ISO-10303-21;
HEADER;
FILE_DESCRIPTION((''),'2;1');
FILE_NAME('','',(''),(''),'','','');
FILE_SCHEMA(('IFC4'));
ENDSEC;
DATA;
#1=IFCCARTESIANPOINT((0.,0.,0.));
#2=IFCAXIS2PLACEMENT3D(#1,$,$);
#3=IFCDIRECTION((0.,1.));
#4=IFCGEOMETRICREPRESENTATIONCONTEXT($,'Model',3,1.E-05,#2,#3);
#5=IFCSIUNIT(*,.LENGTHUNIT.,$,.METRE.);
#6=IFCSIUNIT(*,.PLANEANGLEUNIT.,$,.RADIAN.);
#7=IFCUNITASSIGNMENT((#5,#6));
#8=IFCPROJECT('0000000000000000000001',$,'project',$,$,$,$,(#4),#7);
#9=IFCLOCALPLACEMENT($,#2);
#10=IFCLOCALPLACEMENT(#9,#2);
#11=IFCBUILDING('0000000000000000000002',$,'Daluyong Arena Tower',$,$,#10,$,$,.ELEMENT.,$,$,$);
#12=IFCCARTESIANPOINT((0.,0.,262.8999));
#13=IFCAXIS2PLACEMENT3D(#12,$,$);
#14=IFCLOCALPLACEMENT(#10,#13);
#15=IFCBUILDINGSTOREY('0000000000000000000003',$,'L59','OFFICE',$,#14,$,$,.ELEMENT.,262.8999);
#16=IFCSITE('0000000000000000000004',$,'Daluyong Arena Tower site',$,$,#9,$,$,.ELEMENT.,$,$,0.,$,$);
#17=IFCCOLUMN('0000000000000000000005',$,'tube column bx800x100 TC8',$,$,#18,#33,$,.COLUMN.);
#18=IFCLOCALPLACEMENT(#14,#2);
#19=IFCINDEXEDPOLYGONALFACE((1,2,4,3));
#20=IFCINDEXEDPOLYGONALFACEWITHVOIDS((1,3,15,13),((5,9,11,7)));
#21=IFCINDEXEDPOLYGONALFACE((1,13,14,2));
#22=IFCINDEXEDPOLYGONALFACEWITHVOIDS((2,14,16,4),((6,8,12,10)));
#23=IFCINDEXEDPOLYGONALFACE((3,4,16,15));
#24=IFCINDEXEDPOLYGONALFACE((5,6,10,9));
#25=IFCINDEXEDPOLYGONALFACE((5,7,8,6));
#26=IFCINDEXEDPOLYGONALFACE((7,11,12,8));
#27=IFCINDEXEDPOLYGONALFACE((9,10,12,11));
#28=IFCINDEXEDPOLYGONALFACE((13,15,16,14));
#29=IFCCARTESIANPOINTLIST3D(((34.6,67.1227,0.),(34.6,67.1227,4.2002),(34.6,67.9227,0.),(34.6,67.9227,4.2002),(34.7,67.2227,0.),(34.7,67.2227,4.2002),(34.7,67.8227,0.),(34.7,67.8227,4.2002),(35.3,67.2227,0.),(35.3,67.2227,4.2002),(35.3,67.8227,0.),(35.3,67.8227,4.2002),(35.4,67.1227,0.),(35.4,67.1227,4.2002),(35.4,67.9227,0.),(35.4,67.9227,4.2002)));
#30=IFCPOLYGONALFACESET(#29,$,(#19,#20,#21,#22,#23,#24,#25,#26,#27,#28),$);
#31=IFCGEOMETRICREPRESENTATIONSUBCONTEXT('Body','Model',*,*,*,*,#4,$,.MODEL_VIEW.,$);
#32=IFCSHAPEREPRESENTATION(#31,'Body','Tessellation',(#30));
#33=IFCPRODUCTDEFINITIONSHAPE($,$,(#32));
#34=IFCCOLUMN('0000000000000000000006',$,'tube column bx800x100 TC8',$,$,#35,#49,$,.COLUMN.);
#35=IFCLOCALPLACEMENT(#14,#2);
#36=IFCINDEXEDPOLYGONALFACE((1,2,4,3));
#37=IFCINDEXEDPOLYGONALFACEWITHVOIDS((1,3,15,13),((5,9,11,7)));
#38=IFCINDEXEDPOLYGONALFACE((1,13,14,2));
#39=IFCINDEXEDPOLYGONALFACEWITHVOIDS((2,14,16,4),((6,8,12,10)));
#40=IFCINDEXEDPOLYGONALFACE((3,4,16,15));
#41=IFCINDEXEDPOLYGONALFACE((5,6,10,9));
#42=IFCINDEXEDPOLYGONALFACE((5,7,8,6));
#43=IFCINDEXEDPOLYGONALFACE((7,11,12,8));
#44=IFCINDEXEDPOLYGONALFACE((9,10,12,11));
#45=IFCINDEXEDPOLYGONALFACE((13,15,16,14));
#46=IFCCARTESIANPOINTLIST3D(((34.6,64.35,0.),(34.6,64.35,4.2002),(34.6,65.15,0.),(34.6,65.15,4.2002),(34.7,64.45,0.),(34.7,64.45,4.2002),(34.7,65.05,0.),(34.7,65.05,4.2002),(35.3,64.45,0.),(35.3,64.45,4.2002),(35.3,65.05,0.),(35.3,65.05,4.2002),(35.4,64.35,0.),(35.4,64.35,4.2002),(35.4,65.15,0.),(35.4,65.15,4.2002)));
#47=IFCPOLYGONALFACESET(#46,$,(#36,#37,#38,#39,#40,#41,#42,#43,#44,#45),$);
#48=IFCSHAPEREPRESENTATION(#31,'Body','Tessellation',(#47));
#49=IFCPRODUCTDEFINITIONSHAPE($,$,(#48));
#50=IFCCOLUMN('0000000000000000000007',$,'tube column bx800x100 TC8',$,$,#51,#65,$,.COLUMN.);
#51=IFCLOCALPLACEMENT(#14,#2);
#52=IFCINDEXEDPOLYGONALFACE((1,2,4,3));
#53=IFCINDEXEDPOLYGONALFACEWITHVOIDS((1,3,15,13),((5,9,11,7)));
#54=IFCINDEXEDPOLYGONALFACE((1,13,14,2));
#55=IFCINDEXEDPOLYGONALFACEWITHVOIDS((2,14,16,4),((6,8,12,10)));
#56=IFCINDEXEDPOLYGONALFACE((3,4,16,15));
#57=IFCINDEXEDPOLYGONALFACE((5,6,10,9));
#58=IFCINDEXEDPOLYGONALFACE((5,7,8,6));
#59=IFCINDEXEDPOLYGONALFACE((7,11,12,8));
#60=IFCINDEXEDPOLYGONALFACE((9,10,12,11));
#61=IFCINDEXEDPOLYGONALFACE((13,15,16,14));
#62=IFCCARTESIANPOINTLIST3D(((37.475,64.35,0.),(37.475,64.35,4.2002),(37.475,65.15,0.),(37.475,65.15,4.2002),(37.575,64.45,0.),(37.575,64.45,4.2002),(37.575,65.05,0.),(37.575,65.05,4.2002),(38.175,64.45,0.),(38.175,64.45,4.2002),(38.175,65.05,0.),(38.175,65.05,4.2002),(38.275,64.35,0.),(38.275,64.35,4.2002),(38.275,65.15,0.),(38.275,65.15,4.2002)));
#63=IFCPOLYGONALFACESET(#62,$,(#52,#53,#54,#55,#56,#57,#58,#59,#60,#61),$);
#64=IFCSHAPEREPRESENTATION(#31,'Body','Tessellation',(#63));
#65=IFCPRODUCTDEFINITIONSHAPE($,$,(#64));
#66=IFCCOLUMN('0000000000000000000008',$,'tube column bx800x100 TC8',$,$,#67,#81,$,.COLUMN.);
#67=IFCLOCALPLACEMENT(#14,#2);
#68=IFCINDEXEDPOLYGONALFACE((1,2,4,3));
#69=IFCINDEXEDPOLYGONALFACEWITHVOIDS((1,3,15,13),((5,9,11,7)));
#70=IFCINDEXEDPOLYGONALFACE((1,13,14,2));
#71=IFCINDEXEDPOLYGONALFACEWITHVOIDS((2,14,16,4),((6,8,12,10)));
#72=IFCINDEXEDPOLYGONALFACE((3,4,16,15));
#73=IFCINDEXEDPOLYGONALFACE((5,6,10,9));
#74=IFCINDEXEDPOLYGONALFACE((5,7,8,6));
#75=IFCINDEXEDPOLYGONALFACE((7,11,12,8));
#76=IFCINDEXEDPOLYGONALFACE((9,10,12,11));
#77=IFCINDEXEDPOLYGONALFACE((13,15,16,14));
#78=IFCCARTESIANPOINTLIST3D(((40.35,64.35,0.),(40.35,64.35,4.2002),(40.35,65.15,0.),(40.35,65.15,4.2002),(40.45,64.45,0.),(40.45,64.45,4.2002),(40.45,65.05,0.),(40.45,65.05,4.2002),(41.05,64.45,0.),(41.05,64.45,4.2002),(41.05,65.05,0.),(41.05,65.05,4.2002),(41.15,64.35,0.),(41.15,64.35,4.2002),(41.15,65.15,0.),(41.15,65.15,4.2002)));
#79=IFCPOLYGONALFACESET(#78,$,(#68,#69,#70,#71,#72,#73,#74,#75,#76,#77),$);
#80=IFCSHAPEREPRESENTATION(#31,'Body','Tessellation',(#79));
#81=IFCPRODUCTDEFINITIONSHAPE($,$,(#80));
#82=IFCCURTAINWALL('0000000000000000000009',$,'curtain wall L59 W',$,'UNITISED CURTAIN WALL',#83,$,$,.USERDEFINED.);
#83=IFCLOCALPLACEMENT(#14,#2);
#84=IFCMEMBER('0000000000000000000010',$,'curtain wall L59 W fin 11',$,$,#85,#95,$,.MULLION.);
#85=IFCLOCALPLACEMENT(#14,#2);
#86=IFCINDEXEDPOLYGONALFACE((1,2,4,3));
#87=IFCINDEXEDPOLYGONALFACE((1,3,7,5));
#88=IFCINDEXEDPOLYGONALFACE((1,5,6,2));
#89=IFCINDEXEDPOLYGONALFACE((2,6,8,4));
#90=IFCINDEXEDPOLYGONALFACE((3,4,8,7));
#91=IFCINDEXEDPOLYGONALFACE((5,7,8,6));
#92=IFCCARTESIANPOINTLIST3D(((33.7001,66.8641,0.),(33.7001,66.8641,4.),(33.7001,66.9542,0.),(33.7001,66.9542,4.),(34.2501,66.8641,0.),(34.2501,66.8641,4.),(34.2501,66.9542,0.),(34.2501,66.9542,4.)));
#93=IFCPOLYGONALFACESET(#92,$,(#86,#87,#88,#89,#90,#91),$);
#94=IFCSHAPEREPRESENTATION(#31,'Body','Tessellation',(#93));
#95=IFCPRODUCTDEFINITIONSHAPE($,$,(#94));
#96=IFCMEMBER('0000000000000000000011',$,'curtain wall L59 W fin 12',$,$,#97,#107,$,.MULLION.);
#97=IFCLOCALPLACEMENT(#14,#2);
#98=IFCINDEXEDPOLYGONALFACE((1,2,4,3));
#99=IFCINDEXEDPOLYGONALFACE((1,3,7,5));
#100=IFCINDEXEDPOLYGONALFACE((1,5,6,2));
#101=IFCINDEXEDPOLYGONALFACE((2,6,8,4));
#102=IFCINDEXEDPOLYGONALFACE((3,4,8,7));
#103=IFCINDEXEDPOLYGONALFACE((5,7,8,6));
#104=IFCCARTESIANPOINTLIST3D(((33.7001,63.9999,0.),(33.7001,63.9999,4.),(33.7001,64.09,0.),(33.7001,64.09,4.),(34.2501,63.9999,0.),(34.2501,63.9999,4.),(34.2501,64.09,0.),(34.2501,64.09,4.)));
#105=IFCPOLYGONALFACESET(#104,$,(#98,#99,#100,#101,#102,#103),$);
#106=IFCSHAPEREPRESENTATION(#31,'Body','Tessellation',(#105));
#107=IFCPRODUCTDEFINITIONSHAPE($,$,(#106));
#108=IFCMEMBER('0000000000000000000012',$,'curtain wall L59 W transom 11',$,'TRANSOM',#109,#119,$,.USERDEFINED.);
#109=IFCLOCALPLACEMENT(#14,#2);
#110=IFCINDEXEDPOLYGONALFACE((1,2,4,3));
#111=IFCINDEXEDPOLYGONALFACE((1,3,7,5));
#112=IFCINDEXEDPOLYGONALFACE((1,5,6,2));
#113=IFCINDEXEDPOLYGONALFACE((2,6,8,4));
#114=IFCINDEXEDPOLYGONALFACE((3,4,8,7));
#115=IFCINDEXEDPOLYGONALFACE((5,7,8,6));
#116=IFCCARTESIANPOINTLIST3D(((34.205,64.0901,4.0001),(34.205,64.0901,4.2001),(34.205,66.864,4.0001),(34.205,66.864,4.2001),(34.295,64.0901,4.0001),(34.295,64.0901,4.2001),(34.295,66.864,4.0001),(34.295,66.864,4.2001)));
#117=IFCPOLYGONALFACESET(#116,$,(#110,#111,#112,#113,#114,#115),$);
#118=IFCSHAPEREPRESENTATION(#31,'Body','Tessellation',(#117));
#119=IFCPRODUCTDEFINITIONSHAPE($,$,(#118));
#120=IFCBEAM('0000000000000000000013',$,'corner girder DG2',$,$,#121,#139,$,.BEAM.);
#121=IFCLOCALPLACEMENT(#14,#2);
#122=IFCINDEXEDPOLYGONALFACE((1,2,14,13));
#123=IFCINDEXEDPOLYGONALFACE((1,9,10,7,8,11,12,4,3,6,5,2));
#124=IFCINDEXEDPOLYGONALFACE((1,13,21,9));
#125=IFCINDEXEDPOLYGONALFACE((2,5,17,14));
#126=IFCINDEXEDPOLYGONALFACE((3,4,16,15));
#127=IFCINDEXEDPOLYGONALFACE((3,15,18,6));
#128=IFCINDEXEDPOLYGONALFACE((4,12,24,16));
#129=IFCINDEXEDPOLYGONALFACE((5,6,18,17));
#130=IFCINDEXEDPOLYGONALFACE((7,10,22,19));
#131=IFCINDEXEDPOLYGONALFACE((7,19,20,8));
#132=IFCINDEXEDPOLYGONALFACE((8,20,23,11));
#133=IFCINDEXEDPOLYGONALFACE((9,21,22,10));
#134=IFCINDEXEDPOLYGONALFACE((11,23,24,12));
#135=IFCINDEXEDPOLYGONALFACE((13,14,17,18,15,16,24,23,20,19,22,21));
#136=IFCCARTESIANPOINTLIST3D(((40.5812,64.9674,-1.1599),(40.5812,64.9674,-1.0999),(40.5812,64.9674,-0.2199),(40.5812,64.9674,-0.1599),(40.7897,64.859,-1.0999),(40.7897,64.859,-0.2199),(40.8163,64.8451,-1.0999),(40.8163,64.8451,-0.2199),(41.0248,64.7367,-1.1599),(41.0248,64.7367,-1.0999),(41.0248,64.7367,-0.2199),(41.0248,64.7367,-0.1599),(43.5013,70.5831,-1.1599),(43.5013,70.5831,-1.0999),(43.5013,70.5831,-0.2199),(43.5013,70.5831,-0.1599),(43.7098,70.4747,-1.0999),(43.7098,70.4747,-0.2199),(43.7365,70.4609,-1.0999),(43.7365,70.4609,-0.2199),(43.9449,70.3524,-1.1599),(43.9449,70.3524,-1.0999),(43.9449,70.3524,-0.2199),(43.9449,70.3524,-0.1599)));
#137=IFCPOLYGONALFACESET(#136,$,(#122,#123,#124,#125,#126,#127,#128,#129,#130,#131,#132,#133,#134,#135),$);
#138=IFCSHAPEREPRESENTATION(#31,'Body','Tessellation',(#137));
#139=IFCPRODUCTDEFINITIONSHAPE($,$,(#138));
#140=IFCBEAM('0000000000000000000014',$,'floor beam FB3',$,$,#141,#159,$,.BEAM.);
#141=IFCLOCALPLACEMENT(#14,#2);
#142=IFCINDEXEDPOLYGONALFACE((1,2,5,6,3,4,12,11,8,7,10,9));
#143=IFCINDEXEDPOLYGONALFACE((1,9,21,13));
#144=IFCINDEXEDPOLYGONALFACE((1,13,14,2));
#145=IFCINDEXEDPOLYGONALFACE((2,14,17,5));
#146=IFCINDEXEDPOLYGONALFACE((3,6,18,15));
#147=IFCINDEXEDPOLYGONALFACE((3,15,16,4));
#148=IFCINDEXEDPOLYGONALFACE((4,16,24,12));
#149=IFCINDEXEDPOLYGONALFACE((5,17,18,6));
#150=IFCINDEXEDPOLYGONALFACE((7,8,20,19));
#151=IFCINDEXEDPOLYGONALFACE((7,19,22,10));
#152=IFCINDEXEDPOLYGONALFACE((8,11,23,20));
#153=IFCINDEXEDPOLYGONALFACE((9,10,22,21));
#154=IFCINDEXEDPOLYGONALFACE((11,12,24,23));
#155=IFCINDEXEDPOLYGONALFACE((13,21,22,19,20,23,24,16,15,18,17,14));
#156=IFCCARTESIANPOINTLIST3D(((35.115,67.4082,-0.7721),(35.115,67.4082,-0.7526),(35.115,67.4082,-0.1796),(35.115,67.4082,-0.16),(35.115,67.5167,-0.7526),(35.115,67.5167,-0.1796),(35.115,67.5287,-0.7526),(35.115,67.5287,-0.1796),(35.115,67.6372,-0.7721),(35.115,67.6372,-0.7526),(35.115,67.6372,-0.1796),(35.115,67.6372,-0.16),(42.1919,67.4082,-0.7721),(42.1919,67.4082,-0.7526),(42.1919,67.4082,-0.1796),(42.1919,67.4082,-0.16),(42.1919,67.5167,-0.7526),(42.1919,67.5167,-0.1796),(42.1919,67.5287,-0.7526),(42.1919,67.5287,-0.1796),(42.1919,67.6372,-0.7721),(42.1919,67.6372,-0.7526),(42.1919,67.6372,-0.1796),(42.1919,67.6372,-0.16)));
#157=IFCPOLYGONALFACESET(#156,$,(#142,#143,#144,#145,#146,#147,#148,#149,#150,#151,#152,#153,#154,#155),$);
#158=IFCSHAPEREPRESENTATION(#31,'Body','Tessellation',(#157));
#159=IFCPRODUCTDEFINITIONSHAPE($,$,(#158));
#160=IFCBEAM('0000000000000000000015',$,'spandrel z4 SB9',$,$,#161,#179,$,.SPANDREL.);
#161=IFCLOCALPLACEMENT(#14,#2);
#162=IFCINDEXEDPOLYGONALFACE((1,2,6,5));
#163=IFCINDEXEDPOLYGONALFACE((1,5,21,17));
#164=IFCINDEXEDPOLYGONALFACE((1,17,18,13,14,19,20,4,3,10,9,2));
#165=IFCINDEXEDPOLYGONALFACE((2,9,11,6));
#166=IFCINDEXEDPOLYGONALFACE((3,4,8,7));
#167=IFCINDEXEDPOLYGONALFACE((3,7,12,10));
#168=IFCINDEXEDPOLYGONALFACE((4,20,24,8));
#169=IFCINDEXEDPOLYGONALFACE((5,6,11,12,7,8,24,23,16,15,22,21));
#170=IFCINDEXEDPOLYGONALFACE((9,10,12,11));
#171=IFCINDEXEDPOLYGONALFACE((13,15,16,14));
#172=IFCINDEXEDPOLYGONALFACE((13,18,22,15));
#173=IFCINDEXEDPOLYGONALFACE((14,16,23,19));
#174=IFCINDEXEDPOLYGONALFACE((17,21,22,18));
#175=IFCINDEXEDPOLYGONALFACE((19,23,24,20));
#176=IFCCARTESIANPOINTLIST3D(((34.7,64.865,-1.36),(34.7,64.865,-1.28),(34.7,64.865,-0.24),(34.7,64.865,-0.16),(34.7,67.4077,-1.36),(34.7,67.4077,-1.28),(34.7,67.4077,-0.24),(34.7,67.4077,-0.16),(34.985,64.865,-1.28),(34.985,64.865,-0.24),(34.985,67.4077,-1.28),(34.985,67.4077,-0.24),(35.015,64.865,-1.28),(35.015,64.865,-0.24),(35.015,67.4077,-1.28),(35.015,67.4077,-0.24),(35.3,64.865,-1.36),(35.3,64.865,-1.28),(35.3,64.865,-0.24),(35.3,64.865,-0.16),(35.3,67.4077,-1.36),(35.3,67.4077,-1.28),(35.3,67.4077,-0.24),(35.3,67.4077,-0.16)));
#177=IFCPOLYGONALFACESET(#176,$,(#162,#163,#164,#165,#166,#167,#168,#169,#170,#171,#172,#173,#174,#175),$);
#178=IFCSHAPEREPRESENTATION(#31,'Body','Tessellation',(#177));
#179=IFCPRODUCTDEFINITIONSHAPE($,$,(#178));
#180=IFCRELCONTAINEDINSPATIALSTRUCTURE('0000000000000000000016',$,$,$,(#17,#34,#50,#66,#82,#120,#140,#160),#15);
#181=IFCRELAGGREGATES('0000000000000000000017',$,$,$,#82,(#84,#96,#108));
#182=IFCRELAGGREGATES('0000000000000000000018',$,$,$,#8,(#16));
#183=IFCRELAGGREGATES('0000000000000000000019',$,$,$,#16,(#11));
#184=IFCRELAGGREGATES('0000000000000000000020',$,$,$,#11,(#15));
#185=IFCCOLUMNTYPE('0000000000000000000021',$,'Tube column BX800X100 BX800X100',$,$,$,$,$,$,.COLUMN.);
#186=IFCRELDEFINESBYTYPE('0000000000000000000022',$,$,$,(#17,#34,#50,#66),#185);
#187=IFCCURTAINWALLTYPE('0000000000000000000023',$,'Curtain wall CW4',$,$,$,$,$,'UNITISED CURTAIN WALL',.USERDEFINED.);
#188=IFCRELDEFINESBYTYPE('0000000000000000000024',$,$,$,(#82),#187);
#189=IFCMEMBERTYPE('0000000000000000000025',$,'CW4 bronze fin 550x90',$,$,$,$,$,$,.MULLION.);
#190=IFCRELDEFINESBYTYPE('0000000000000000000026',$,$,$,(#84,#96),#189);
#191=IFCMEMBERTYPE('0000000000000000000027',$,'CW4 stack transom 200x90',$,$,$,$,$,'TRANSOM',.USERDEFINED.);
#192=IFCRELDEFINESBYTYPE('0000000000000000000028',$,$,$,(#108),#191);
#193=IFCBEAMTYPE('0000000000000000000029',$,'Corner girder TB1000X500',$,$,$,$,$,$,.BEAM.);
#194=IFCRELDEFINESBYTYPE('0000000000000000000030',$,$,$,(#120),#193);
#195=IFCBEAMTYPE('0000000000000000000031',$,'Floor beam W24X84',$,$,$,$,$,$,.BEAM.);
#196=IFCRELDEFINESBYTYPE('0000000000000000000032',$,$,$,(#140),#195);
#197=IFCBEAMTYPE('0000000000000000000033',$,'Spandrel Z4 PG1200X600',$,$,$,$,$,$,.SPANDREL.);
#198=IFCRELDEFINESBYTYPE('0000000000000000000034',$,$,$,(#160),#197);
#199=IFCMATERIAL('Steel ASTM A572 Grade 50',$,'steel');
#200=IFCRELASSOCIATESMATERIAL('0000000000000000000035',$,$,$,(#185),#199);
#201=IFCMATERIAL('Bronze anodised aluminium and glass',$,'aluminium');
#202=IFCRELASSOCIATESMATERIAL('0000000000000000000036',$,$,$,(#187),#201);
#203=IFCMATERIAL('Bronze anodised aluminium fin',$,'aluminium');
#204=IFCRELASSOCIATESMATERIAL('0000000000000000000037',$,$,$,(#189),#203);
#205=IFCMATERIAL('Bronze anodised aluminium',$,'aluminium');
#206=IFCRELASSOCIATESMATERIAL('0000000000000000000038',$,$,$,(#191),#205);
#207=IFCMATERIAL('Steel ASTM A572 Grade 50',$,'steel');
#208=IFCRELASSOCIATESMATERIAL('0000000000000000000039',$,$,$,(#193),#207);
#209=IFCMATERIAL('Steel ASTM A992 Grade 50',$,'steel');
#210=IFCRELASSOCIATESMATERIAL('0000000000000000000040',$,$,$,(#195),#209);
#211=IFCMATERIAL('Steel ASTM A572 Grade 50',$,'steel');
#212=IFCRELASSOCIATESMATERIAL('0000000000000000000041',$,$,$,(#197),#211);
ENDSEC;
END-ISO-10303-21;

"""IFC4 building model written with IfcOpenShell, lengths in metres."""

from ifc_helpers import new_model, si_unit, direction, frame, origin, origin_2d, place, context, subcontext, project, spatial, rectangle, hollow_rectangle, i_section, extrude, material, material_profile, profile_set, type_object, element, aggregate, save


model = new_model("IFC4")

# Units and contexts
model_context = context("Model", 3, precision=1e-05, world=origin(), true_north=direction((0.0, 1.0)))
body_context = subcontext(model_context, "Body", "Model", "MODEL_VIEW")
ifc_project = project(units=[si_unit("LENGTHUNIT", "METRE"), si_unit("PLANEANGLEUNIT", "RADIAN")], contexts=[model_context])

# Site, building, storey
site_placement = place(None, origin())
site = spatial("IfcSite", under=ifc_project, at=site_placement, Name="Daluyong Arena Tower site", CompositionType="ELEMENT", RefElevation=0.0)
building_placement = place(site_placement, origin())
building = spatial("IfcBuilding", under=site, at=building_placement, Name="Daluyong Arena Tower", CompositionType="ELEMENT")
storey_placement = place(building_placement, frame((0.0, 0.0, 262.8999)))
storey = spatial("IfcBuildingStorey", under=building, at=storey_placement, Name="L59", Description="OFFICE", CompositionType="ELEMENT", Elevation=262.8999)

# Columns
ifc_material_1 = material(Name="Steel ASTM A572 Grade 50", Category="steel")
ifc_material_profile_1 = material_profile(ifc_material_1, hollow_rectangle(XDim=0.8, YDim=0.8, WallThickness=0.1, at=origin_2d()))
ifc_profile_set_1 = profile_set([ifc_material_profile_1], Name="Steel ASTM A572 Grade 50")
column_type = type_object("IfcColumnType", Name="Tube column BX800X100 BX800X100", PredefinedType="COLUMN", material=ifc_profile_set_1)
for number, where, z_axis, x_axis, name in (
    (1, (35.0, 67.5227, 0.0), (0.0, 0.0, 1.0), (0.0, 1.0, 0.0), "tube column bx800x100 TC8"),
    (2, (35.0, 64.75, 0.0), (0.0, 0.0, 1.0), (1.0, 0.0, 0.0), "tube column bx800x100 TC8"),
    (3, (37.875, 64.75, 0.0), (0.0, 0.0, 1.0), (1.0, 0.0, 0.0), "tube column bx800x100 TC8"),
    (4, (40.75, 64.75, 0.0), (0.0, 0.0, 1.0), (0.0, 1.0, 0.0), "tube column bx800x100 TC8"),
):
    element("IfcColumn", number, at=place(storey_placement, frame(where, z_axis=z_axis, x_axis=x_axis)), inside=storey, type_object=column_type, Name=name, PredefinedType="COLUMN", context=body_context, shape_type="SweptSolid", body=[
        extrude(hollow_rectangle(XDim=0.8, YDim=0.8, WallThickness=0.1, at=origin_2d()), origin(), (0.0, 0.0, 1.0), 4.2002),
    ])

# Curtain wall, members
ifc_material_2 = material(Name="Bronze anodised aluminium and glass", Category="aluminium")
curtain_wall_type = type_object("IfcCurtainWallType", Name="Curtain wall CW4", ElementType="UNITISED CURTAIN WALL", PredefinedType="USERDEFINED", material=ifc_material_2)
curtain_wall_placement = place(storey_placement, origin())
curtain_wall = element("IfcCurtainWall", 5, at=curtain_wall_placement, inside=storey, type_object=curtain_wall_type, Name="curtain wall L59 W", ObjectType="UNITISED CURTAIN WALL", PredefinedType="USERDEFINED")
ifc_material_3 = material(Name="Bronze anodised aluminium fin", Category="aluminium")
ifc_material_profile_2 = material_profile(ifc_material_3, rectangle(XDim=0.55, YDim=0.0901, at=origin_2d()))
ifc_profile_set_2 = profile_set([ifc_material_profile_2], Name="Bronze anodised aluminium fin")
member_type_1 = type_object("IfcMemberType", Name="CW4 bronze fin 550x90", PredefinedType="MULLION", material=ifc_profile_set_2)
member_1_placement = place(storey_placement, frame((33.9751, 66.9092, 0.0), z_axis=(0.0, 0.0, 1.0), x_axis=(1.0, 0.0, 0.0)))
member_1 = element("IfcMember", 6, at=member_1_placement, type_object=member_type_1, Name="curtain wall L59 W fin 11", PredefinedType="MULLION", context=body_context, shape_type="SweptSolid", body=[
    extrude(rectangle(XDim=0.55, YDim=0.0901, at=origin_2d()), origin(), (0.0, 0.0, 1.0), 4.0),
])
member_2_placement = place(storey_placement, frame((33.9751, 64.0449, 0.0), z_axis=(0.0, 0.0, 1.0), x_axis=(1.0, 0.0, 0.0)))
member_2 = element("IfcMember", 7, at=member_2_placement, type_object=member_type_1, Name="curtain wall L59 W fin 12", PredefinedType="MULLION", context=body_context, shape_type="SweptSolid", body=[
    extrude(rectangle(XDim=0.55, YDim=0.0901, at=origin_2d()), origin(), (0.0, 0.0, 1.0), 4.0),
])
ifc_material_4 = material(Name="Bronze anodised aluminium", Category="aluminium")
ifc_material_profile_3 = material_profile(ifc_material_4, rectangle(XDim=0.0901, YDim=0.2, at=origin_2d()))
ifc_profile_set_3 = profile_set([ifc_material_profile_3], Name="Bronze anodised aluminium")
member_type_2 = type_object("IfcMemberType", Name="CW4 stack transom 200x90", ElementType="TRANSOM", PredefinedType="USERDEFINED", material=ifc_profile_set_3)
member_3_placement = place(storey_placement, frame((34.25, 66.864, 4.1001), z_axis=(0.0, -1.0, 0.0), x_axis=(1.0, 0.0, 0.0)))
member_3 = element("IfcMember", 8, at=member_3_placement, type_object=member_type_2, Name="curtain wall L59 W transom 11", ObjectType="TRANSOM", PredefinedType="USERDEFINED", context=body_context, shape_type="SweptSolid", body=[
    extrude(rectangle(XDim=0.0901, YDim=0.2, at=origin_2d()), origin(), (0.0, 0.0, 1.0), 2.7739),
])

# Beams
ifc_material_5 = material(Name="Steel ASTM A572 Grade 50", Category="steel")
ifc_material_profile_4 = material_profile(ifc_material_5, i_section(OverallWidth=0.5, OverallDepth=1.0, WebThickness=0.03, FlangeThickness=0.06, at=origin_2d()))
ifc_profile_set_4 = profile_set([ifc_material_profile_4], Name="Steel ASTM A572 Grade 50")
beam_type_1 = type_object("IfcBeamType", Name="Corner girder TB1000X500", PredefinedType="BEAM", material=ifc_profile_set_4)
beam_1_placement = place(storey_placement, frame((40.803, 64.8521, -0.6599), z_axis=(0.461352, 0.887217, 0.0), x_axis=(-0.887217, 0.461352, 0.0)))
element("IfcBeam", 9, at=beam_1_placement, inside=storey, type_object=beam_type_1, Name="corner girder DG2", PredefinedType="BEAM", context=body_context, shape_type="SweptSolid", body=[
    extrude(i_section(OverallWidth=0.5, OverallDepth=1.0, WebThickness=0.03, FlangeThickness=0.06, at=origin_2d()), origin(), (0.0, 0.0, 1.0), 6.3296),
])
ifc_material_6 = material(Name="Steel ASTM A992 Grade 50", Category="steel")
ifc_material_profile_5 = material_profile(ifc_material_6, i_section(OverallWidth=0.229, OverallDepth=0.6121, WebThickness=0.012, FlangeThickness=0.0195, at=origin_2d()))
ifc_profile_set_5 = profile_set([ifc_material_profile_5], Name="Steel ASTM A992 Grade 50")
beam_type_2 = type_object("IfcBeamType", Name="Floor beam W24X84", PredefinedType="BEAM", material=ifc_profile_set_5)
beam_2_placement = place(storey_placement, frame((35.115, 67.5227, -0.4661), z_axis=(1.0, 0.0, 0.0), x_axis=(0.0, 1.0, 0.0)))
element("IfcBeam", 10, at=beam_2_placement, inside=storey, type_object=beam_type_2, Name="floor beam FB3", PredefinedType="BEAM", context=body_context, shape_type="SweptSolid", body=[
    extrude(i_section(OverallWidth=0.229, OverallDepth=0.6121, WebThickness=0.012, FlangeThickness=0.0195, at=origin_2d()), origin(), (0.0, 0.0, 1.0), 7.0769),
])
ifc_material_7 = material(Name="Steel ASTM A572 Grade 50", Category="steel")
ifc_material_profile_6 = material_profile(ifc_material_7, i_section(OverallWidth=0.6001, OverallDepth=1.2, WebThickness=0.03, FlangeThickness=0.08, at=origin_2d()))
ifc_profile_set_6 = profile_set([ifc_material_profile_6], Name="Steel ASTM A572 Grade 50")
beam_type_3 = type_object("IfcBeamType", Name="Spandrel Z4 PG1200X600", PredefinedType="SPANDREL", material=ifc_profile_set_6)
beam_3_placement = place(storey_placement, frame((35.0, 67.4077, -0.76), z_axis=(0.0, -1.0, 0.0), x_axis=(1.0, 0.0, 0.0)))
element("IfcBeam", 11, at=beam_3_placement, inside=storey, type_object=beam_type_3, Name="spandrel z4 SB9", PredefinedType="SPANDREL", context=body_context, shape_type="SweptSolid", body=[
    extrude(i_section(OverallWidth=0.6001, OverallDepth=1.2, WebThickness=0.03, FlangeThickness=0.08, at=origin_2d()), origin(), (0.0, 0.0, 1.0), 2.5427),
])

aggregate(curtain_wall, [member_1, member_2, member_3])

save(model, "model.ifc")
